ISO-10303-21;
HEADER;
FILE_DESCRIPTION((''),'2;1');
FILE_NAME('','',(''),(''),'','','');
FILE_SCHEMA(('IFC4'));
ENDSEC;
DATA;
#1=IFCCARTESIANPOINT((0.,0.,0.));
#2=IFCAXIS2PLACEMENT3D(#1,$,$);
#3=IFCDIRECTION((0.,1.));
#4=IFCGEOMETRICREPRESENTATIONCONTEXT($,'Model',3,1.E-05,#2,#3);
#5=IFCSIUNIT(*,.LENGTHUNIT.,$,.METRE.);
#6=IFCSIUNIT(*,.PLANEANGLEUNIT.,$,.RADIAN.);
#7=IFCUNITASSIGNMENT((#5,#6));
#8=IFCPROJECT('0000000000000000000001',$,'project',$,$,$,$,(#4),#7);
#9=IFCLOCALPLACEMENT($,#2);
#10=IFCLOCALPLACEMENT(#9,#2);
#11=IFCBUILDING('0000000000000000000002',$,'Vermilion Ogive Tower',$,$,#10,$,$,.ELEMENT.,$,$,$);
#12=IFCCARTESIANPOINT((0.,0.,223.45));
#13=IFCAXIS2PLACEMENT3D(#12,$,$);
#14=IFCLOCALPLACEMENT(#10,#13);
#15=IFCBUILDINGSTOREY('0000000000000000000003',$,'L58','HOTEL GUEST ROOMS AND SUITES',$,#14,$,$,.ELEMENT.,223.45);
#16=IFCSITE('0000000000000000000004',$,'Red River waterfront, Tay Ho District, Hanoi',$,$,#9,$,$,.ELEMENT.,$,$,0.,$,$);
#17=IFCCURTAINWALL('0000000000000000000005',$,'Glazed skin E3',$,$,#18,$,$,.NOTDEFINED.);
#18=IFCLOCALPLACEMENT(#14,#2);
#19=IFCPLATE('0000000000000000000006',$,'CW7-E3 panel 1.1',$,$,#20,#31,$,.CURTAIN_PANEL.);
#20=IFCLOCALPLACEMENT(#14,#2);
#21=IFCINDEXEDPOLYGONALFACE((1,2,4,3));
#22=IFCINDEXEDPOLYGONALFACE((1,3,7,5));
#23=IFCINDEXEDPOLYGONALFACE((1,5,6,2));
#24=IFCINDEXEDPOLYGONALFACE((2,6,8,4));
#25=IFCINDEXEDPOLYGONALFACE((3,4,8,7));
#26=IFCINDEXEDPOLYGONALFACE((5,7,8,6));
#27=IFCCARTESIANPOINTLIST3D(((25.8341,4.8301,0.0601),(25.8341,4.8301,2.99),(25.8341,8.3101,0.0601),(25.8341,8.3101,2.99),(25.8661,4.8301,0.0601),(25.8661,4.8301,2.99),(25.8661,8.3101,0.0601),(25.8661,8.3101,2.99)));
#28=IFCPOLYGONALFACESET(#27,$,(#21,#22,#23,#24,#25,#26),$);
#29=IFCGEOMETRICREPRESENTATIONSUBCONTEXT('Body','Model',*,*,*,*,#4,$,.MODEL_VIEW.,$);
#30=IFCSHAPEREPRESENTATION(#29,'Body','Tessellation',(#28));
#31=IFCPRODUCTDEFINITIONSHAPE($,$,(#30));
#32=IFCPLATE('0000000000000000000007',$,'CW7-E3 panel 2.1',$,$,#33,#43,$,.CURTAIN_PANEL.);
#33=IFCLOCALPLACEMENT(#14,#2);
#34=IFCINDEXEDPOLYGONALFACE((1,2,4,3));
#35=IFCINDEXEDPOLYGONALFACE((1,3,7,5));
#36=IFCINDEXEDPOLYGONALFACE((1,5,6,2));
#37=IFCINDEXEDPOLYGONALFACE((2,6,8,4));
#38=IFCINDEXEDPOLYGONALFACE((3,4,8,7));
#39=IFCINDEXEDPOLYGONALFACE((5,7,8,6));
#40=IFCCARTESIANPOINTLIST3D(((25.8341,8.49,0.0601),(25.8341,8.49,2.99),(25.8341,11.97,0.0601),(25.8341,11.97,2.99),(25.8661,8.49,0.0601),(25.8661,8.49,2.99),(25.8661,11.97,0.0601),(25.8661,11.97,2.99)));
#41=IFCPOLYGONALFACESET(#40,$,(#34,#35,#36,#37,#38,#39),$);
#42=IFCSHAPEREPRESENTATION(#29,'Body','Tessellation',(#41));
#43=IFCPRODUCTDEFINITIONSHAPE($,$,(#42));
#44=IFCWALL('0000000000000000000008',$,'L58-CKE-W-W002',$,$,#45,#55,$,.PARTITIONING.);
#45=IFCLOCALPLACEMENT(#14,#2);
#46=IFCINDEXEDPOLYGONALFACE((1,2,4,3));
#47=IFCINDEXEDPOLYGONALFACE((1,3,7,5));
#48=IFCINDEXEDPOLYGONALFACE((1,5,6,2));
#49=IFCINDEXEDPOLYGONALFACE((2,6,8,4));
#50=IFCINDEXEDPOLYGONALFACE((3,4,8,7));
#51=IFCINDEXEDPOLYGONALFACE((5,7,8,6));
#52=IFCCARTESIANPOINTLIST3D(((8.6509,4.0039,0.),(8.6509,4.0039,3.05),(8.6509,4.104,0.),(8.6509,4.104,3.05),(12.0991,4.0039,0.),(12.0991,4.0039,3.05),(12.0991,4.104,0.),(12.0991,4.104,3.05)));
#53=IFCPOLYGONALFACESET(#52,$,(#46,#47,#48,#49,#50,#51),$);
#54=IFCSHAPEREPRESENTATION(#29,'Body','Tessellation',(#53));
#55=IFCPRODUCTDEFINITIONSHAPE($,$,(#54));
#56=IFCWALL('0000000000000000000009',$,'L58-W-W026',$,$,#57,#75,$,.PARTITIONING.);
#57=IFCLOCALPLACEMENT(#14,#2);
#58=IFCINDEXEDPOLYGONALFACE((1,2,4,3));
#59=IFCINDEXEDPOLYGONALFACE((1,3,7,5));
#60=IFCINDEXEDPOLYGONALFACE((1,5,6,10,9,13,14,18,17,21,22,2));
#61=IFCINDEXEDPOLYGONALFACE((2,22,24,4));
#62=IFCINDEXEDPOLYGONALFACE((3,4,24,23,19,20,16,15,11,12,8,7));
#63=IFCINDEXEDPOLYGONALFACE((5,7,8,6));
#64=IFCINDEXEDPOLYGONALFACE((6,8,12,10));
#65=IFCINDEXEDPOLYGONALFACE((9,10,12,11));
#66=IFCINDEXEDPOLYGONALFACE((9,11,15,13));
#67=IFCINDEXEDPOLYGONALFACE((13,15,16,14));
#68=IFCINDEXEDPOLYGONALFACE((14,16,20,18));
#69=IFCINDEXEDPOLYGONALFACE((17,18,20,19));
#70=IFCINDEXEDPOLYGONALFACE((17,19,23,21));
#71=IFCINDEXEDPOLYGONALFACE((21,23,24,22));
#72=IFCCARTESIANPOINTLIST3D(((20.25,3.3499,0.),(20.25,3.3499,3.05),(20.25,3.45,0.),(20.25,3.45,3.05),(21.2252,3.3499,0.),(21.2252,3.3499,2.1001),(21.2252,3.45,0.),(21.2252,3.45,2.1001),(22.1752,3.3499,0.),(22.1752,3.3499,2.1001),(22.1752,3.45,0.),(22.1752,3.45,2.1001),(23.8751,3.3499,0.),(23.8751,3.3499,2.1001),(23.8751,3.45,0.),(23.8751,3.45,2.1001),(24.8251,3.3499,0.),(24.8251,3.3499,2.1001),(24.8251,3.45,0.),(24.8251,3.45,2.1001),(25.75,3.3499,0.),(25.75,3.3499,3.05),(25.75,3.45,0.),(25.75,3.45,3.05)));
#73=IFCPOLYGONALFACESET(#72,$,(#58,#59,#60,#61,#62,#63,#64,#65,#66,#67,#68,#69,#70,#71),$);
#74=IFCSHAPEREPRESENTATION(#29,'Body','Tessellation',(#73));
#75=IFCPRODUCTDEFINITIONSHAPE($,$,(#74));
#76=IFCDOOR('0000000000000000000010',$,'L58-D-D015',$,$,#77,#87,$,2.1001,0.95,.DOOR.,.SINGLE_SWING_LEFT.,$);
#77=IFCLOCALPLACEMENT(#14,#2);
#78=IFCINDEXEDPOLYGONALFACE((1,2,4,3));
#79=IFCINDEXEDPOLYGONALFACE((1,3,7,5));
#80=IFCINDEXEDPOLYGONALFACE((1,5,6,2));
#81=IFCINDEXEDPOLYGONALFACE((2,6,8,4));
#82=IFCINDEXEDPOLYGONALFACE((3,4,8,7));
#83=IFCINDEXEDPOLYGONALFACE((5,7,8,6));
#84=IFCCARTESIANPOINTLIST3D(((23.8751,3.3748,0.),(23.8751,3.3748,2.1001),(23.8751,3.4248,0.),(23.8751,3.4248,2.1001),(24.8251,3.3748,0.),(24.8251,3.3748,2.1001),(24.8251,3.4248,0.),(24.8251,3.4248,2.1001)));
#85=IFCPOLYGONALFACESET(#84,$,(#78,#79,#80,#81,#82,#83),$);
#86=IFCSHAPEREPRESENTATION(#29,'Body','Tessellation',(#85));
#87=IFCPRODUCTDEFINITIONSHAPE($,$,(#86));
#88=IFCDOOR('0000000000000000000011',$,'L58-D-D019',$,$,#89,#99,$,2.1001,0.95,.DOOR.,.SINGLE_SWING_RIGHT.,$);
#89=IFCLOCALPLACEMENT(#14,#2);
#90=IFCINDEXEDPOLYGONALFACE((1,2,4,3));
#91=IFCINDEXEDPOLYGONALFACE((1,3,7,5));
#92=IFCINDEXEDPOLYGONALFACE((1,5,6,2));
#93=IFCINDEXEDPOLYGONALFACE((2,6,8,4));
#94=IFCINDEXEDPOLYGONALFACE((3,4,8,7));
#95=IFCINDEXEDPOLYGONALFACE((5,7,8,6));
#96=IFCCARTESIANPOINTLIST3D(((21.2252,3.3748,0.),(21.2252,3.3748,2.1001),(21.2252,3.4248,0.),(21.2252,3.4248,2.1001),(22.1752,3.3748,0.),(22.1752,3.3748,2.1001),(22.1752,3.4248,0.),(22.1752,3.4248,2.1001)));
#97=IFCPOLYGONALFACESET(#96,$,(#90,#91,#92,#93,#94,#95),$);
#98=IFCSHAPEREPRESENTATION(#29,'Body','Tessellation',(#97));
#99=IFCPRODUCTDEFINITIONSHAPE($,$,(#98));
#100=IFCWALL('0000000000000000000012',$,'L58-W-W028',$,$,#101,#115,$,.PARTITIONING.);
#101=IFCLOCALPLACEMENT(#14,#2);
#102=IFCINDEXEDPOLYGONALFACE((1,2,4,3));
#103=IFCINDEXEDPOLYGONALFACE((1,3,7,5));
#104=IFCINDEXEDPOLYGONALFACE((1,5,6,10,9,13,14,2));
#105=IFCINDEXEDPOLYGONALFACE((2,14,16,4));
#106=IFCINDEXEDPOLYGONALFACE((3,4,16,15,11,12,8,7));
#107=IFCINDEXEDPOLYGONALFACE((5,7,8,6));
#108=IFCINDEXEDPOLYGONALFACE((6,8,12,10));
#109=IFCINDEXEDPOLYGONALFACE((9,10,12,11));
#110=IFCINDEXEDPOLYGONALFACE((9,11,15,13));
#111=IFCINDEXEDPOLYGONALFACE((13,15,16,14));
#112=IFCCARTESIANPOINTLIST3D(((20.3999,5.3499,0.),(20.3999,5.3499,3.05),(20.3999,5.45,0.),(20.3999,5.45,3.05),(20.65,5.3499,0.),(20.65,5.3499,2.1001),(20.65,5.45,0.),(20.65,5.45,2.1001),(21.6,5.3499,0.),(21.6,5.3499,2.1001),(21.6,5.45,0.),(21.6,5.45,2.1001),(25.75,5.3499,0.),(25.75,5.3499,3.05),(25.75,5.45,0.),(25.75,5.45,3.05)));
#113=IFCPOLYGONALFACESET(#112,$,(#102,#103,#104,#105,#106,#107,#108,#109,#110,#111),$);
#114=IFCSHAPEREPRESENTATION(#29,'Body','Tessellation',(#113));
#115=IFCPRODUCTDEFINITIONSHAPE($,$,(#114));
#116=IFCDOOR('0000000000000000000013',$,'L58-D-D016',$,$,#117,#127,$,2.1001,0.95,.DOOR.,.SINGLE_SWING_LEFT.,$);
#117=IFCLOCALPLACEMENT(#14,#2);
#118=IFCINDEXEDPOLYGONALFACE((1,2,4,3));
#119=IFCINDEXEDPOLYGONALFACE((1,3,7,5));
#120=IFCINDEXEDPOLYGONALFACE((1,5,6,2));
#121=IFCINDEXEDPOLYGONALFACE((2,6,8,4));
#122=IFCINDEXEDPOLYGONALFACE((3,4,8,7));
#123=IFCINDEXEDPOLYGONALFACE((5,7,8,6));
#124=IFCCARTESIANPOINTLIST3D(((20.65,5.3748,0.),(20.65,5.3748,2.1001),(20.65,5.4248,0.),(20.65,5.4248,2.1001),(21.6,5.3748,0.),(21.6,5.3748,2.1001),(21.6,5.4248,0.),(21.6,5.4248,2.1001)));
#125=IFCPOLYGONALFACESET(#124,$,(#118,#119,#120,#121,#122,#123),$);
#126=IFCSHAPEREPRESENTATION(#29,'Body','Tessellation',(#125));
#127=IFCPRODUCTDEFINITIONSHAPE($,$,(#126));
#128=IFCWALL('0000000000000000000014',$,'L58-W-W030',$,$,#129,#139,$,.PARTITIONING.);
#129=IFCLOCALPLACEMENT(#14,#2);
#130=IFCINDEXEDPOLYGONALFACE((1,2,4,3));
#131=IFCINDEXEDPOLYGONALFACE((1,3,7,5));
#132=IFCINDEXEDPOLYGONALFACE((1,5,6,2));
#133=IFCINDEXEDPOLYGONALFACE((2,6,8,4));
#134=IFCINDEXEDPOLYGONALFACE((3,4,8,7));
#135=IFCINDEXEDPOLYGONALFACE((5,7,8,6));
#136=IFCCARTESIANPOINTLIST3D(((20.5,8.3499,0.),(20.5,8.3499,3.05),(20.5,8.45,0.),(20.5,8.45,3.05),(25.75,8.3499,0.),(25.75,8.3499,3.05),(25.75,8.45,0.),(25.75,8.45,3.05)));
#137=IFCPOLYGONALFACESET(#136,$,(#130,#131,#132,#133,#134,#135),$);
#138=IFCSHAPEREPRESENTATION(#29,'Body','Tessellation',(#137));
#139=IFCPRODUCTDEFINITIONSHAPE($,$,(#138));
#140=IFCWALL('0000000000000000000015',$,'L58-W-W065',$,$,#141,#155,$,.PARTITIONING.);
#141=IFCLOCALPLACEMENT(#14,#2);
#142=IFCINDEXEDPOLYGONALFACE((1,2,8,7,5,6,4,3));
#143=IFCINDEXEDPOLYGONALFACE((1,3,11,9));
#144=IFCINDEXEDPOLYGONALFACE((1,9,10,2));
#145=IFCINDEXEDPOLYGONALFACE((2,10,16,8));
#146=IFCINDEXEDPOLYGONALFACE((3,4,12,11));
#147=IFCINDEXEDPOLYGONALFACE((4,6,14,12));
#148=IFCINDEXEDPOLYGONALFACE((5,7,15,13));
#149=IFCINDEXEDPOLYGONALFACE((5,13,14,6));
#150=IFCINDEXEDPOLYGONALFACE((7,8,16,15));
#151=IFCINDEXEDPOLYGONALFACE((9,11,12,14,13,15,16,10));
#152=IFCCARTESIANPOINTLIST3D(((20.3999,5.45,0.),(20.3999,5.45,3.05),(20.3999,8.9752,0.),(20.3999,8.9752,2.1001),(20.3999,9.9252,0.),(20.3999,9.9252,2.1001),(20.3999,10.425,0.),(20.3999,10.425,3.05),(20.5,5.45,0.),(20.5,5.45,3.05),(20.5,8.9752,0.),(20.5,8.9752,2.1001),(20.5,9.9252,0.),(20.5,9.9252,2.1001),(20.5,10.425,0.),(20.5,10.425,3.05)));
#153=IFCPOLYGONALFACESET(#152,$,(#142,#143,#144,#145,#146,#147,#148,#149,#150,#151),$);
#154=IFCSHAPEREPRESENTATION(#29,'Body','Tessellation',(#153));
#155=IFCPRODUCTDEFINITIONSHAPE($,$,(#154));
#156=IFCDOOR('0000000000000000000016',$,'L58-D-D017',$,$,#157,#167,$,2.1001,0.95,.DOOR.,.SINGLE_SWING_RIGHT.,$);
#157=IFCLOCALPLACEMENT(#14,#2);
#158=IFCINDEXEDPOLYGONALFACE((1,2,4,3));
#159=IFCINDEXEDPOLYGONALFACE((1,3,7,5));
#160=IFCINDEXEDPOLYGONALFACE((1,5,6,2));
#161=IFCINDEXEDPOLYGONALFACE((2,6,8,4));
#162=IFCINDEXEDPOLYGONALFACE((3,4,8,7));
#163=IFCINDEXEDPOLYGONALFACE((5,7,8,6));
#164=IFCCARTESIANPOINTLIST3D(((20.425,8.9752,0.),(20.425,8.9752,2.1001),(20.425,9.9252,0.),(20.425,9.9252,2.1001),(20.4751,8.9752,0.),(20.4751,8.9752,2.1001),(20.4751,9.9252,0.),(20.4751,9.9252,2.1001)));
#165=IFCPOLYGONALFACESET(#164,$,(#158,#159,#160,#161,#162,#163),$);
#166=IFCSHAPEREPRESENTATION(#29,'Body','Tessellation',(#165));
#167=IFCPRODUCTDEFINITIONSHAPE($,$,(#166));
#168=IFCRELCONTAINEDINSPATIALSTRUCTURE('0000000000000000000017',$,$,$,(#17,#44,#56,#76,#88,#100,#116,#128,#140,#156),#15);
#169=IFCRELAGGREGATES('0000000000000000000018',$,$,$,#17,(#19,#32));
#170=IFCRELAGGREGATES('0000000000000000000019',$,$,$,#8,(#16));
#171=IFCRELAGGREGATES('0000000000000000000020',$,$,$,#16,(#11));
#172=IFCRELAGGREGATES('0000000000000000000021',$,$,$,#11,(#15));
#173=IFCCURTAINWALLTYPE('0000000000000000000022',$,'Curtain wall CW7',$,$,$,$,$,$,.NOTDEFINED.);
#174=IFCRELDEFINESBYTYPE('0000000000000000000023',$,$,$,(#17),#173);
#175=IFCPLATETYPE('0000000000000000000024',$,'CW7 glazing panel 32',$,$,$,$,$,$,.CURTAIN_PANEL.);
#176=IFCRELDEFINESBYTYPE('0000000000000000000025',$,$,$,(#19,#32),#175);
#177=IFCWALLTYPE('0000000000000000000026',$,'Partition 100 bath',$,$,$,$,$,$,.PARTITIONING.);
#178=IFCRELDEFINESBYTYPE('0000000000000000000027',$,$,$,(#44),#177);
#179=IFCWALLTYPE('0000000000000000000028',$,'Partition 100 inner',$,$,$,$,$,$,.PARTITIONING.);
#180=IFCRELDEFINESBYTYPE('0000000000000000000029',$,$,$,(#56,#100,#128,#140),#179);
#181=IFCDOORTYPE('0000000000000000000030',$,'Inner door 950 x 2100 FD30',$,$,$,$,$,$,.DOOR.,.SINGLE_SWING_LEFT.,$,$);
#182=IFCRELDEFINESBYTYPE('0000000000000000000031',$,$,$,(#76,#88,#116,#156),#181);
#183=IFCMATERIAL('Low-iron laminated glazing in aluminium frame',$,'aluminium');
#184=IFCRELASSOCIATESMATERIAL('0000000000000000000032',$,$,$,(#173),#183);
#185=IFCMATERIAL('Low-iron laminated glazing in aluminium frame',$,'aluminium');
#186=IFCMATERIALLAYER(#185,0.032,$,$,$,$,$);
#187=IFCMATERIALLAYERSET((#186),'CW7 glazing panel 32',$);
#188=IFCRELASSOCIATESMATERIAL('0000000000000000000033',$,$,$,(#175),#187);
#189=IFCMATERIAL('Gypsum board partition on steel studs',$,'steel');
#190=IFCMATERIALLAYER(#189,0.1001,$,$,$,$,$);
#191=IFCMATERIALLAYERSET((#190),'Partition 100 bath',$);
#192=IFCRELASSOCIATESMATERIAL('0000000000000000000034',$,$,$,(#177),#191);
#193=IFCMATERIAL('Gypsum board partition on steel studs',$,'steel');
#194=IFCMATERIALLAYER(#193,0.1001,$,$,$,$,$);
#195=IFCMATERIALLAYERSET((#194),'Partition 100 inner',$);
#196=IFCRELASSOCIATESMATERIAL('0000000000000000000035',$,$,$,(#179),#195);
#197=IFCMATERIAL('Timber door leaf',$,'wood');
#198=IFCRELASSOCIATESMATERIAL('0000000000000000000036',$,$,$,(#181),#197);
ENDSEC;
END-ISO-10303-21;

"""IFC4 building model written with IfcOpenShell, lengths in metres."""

from ifc_helpers import new_model, si_unit, direction, frame, frame_2d, origin, origin_2d, place, context, subcontext, project, spatial, rectangle, extrude, material, layer, layer_set, type_object, element, fill, aggregate, save


model = new_model("IFC4")

# Units and contexts
model_context = context("Model", 3, precision=1e-05, world=origin(), true_north=direction((0.0, 1.0)))
body_context = subcontext(model_context, "Body", "Model", "MODEL_VIEW")
ifc_project = project(units=[si_unit("LENGTHUNIT", "METRE"), si_unit("PLANEANGLEUNIT", "RADIAN")], contexts=[model_context])

# Site, building, storey
site_placement = place(None, origin())
site = spatial("IfcSite", under=ifc_project, at=site_placement, Name="Red River waterfront, Tay Ho District, Hanoi", CompositionType="ELEMENT", RefElevation=0.0)
building_placement = place(site_placement, origin())
building = spatial("IfcBuilding", under=site, at=building_placement, Name="Vermilion Ogive Tower", CompositionType="ELEMENT")
storey_placement = place(building_placement, frame((0.0, 0.0, 223.45)))
storey = spatial("IfcBuildingStorey", under=building, at=storey_placement, Name="L58", Description="HOTEL GUEST ROOMS AND SUITES", CompositionType="ELEMENT", Elevation=223.45)

# Curtain wall
ifc_material_1 = material(Name="Low-iron laminated glazing in aluminium frame", Category="aluminium")
curtain_wall_type = type_object("IfcCurtainWallType", Name="Curtain wall CW7", PredefinedType="NOTDEFINED", material=ifc_material_1)
curtain_wall_1_placement = place(storey_placement, origin())
curtain_wall_1 = element("IfcCurtainWall", 1, at=curtain_wall_1_placement, inside=storey, type_object=curtain_wall_type, Name="Glazed skin E3", PredefinedType="NOTDEFINED")

# Plates
ifc_material_2 = material(Name="Low-iron laminated glazing in aluminium frame", Category="aluminium")
ifc_layer_1 = layer(ifc_material_2, 0.032)
ifc_layer_set_1 = layer_set([ifc_layer_1], Name="CW7 glazing panel 32")
plate_type = type_object("IfcPlateType", Name="CW7 glazing panel 32", PredefinedType="CURTAIN_PANEL", material=ifc_layer_set_1)
plate_1_placement = place(storey_placement, frame((25.8501, 6.5701, 0.0601), z_axis=(0.0, 0.0, 1.0), x_axis=(0.0, 1.0, 0.0)))
plate_1 = element("IfcPlate", 2, at=plate_1_placement, type_object=plate_type, Name="CW7-E3 panel 1.1", PredefinedType="CURTAIN_PANEL", context=body_context, shape_type="SweptSolid", body=[
    extrude(rectangle(XDim=3.48, YDim=0.032, at=origin_2d()), origin(), (0.0, 0.0, 1.0), 2.9299),
])
plate_2_placement = place(storey_placement, frame((25.8501, 10.23, 0.0601), z_axis=(0.0, 0.0, 1.0), x_axis=(0.0, 1.0, 0.0)))
plate_2 = element("IfcPlate", 3, at=plate_2_placement, type_object=plate_type, Name="CW7-E3 panel 2.1", PredefinedType="CURTAIN_PANEL", context=body_context, shape_type="SweptSolid", body=[
    extrude(rectangle(XDim=3.48, YDim=0.032, at=origin_2d()), origin(), (0.0, 0.0, 1.0), 2.9299),
])
aggregate(curtain_wall_1, [plate_1, plate_2])

# Wall
ifc_material_3 = material(Name="Gypsum board partition on steel studs", Category="steel")
ifc_layer_2 = layer(ifc_material_3, 0.1001)
ifc_layer_set_2 = layer_set([ifc_layer_2], Name="Partition 100 bath")
wall_type_1 = type_object("IfcWallType", Name="Partition 100 bath", PredefinedType="PARTITIONING", material=ifc_layer_set_2)
wall_1_placement = place(storey_placement, frame((8.6509, 4.054, 0.0), z_axis=(0.0, 0.0, 1.0), x_axis=(1.0, 0.0, 0.0)))
element("IfcWall", 4, at=wall_1_placement, inside=storey, type_object=wall_type_1, Name="L58-CKE-W-W002", PredefinedType="PARTITIONING", context=body_context, shape_type="SweptSolid", body=[
    extrude(rectangle(XDim=3.4482, YDim=0.1001, at=frame_2d((1.7241, 0.0))), origin(), (0.0, 0.0, 1.0), 3.05),
])

# Wall, openings, doors
ifc_material_4 = material(Name="Gypsum board partition on steel studs", Category="steel")
ifc_layer_3 = layer(ifc_material_4, 0.1001)
ifc_layer_set_3 = layer_set([ifc_layer_3], Name="Partition 100 inner")
wall_type_2 = type_object("IfcWallType", Name="Partition 100 inner", PredefinedType="PARTITIONING", material=ifc_layer_set_3)
wall_2_placement = place(storey_placement, frame((20.25, 3.3999, 0.0), z_axis=(0.0, 0.0, 1.0), x_axis=(1.0, 0.0, 0.0)))
wall_2 = element("IfcWall", 5, at=wall_2_placement, inside=storey, type_object=wall_type_2, Name="L58-W-W026", PredefinedType="PARTITIONING", context=body_context, shape_type="SweptSolid", body=[
    extrude(rectangle(XDim=5.5, YDim=0.1001, at=frame_2d((2.75, 0.0))), origin(), (0.0, 0.0, 1.0), 3.05),
])
opening_1_placement = place(wall_2_placement, frame((3.625, 0.0, 0.0)))
opening_1 = element("IfcOpeningElement", 6, at=opening_1_placement, cuts=wall_2, PredefinedType="OPENING", context=body_context, shape_type="SweptSolid", body=[
    extrude(rectangle(XDim=0.95, YDim=2.1001, at=frame_2d((0.4751, 1.05))), frame((0.0, 0.0601, 0.0), z_axis=(0.0, -1.0, 0.0), x_axis=(1.0, 0.0, 0.0)), (0.0, 0.0, 1.0), 0.1201),
])
opening_2_placement = place(wall_2_placement, frame((0.9751, 0.0, 0.0)))
opening_2 = element("IfcOpeningElement", 7, at=opening_2_placement, cuts=wall_2, PredefinedType="OPENING", context=body_context, shape_type="SweptSolid", body=[
    extrude(rectangle(XDim=0.95, YDim=2.1001, at=frame_2d((0.4751, 1.05))), frame((0.0, 0.0601, 0.0), z_axis=(0.0, -1.0, 0.0), x_axis=(1.0, 0.0, 0.0)), (0.0, 0.0, 1.0), 0.1201),
])
ifc_material_5 = material(Name="Timber door leaf", Category="wood")
door_type = type_object("IfcDoorType", Name="Inner door 950 x 2100 FD30", OperationType="SINGLE_SWING_LEFT", PredefinedType="DOOR", material=ifc_material_5)
door_1_placement = place(opening_1_placement, origin())
door_1 = element("IfcDoor", 8, at=door_1_placement, inside=storey, type_object=door_type, Name="L58-D-D015", OperationType="SINGLE_SWING_LEFT", OverallHeight=2.1001, OverallWidth=0.95, PredefinedType="DOOR", context=body_context, shape_type="SweptSolid", body=[
    extrude(rectangle(XDim=0.95, YDim=2.1001, at=frame_2d((0.4751, 1.05))), frame((0.0, 0.0249, 0.0), z_axis=(0.0, -1.0, 0.0), x_axis=(1.0, 0.0, 0.0)), (0.0, 0.0, 1.0), 0.05),
])
fill(opening_1, door_1)
door_2_placement = place(opening_2_placement, origin())
door_2 = element("IfcDoor", 9, at=door_2_placement, inside=storey, type_object=door_type, Name="L58-D-D019", OperationType="SINGLE_SWING_RIGHT", OverallHeight=2.1001, OverallWidth=0.95, PredefinedType="DOOR", context=body_context, shape_type="SweptSolid", body=[
    extrude(rectangle(XDim=0.95, YDim=2.1001, at=frame_2d((0.4751, 1.05))), frame((0.0, 0.0249, 0.0), z_axis=(0.0, -1.0, 0.0), x_axis=(1.0, 0.0, 0.0)), (0.0, 0.0, 1.0), 0.05),
])
fill(opening_2, door_2)

# Wall, opening, door
wall_3_placement = place(storey_placement, frame((20.3999, 5.3999, 0.0), z_axis=(0.0, 0.0, 1.0), x_axis=(1.0, 0.0, 0.0)))
wall_3 = element("IfcWall", 10, at=wall_3_placement, inside=storey, type_object=wall_type_2, Name="L58-W-W028", PredefinedType="PARTITIONING", context=body_context, shape_type="SweptSolid", body=[
    extrude(rectangle(XDim=5.3501, YDim=0.1001, at=frame_2d((2.675, 0.0))), origin(), (0.0, 0.0, 1.0), 3.05),
])
opening_3_placement = place(wall_3_placement, frame((0.25, 0.0, 0.0)))
opening_3 = element("IfcOpeningElement", 11, at=opening_3_placement, cuts=wall_3, PredefinedType="OPENING", context=body_context, shape_type="SweptSolid", body=[
    extrude(rectangle(XDim=0.95, YDim=2.1001, at=frame_2d((0.4751, 1.05))), frame((0.0, 0.0601, 0.0), z_axis=(0.0, -1.0, 0.0), x_axis=(1.0, 0.0, 0.0)), (0.0, 0.0, 1.0), 0.1201),
])
door_3_placement = place(opening_3_placement, origin())
door_3 = element("IfcDoor", 12, at=door_3_placement, inside=storey, type_object=door_type, Name="L58-D-D016", OperationType="SINGLE_SWING_LEFT", OverallHeight=2.1001, OverallWidth=0.95, PredefinedType="DOOR", context=body_context, shape_type="SweptSolid", body=[
    extrude(rectangle(XDim=0.95, YDim=2.1001, at=frame_2d((0.4751, 1.05))), frame((0.0, 0.0249, 0.0), z_axis=(0.0, -1.0, 0.0), x_axis=(1.0, 0.0, 0.0)), (0.0, 0.0, 1.0), 0.05),
])
fill(opening_3, door_3)

# Wall
wall_4_placement = place(storey_placement, frame((20.5, 8.3999, 0.0), z_axis=(0.0, 0.0, 1.0), x_axis=(1.0, 0.0, 0.0)))
element("IfcWall", 13, at=wall_4_placement, inside=storey, type_object=wall_type_2, Name="L58-W-W030", PredefinedType="PARTITIONING", context=body_context, shape_type="SweptSolid", body=[
    extrude(rectangle(XDim=5.25, YDim=0.1001, at=frame_2d((2.625, 0.0))), origin(), (0.0, 0.0, 1.0), 3.05),
])

# Wall, opening, door
wall_5_placement = place(storey_placement, frame((20.45, 5.45, 0.0), z_axis=(0.0, 0.0, 1.0), x_axis=(0.0, 1.0, 0.0)))
wall_5 = element("IfcWall", 14, at=wall_5_placement, inside=storey, type_object=wall_type_2, Name="L58-W-W065", PredefinedType="PARTITIONING", context=body_context, shape_type="SweptSolid", body=[
    extrude(rectangle(XDim=4.9751, YDim=0.1001, at=frame_2d((2.4875, 0.0))), origin(), (0.0, 0.0, 1.0), 3.05),
])
opening_4_placement = place(wall_5_placement, frame((3.5251, 0.0, 0.0)))
opening_4 = element("IfcOpeningElement", 15, at=opening_4_placement, cuts=wall_5, PredefinedType="OPENING", context=body_context, shape_type="SweptSolid", body=[
    extrude(rectangle(XDim=0.95, YDim=2.1001, at=frame_2d((0.4751, 1.05))), frame((0.0, 0.0601, 0.0), z_axis=(0.0, -1.0, 0.0), x_axis=(1.0, 0.0, 0.0)), (0.0, 0.0, 1.0), 0.1201),
])
door_4_placement = place(opening_4_placement, origin())
door_4 = element("IfcDoor", 16, at=door_4_placement, inside=storey, type_object=door_type, Name="L58-D-D017", OperationType="SINGLE_SWING_RIGHT", OverallHeight=2.1001, OverallWidth=0.95, PredefinedType="DOOR", context=body_context, shape_type="SweptSolid", body=[
    extrude(rectangle(XDim=0.95, YDim=2.1001, at=frame_2d((0.4751, 1.05))), frame((0.0, 0.0249, 0.0), z_axis=(0.0, -1.0, 0.0), x_axis=(1.0, 0.0, 0.0)), (0.0, 0.0, 1.0), 0.05),
])
fill(opening_4, door_4)

save(model, "model.ifc")
